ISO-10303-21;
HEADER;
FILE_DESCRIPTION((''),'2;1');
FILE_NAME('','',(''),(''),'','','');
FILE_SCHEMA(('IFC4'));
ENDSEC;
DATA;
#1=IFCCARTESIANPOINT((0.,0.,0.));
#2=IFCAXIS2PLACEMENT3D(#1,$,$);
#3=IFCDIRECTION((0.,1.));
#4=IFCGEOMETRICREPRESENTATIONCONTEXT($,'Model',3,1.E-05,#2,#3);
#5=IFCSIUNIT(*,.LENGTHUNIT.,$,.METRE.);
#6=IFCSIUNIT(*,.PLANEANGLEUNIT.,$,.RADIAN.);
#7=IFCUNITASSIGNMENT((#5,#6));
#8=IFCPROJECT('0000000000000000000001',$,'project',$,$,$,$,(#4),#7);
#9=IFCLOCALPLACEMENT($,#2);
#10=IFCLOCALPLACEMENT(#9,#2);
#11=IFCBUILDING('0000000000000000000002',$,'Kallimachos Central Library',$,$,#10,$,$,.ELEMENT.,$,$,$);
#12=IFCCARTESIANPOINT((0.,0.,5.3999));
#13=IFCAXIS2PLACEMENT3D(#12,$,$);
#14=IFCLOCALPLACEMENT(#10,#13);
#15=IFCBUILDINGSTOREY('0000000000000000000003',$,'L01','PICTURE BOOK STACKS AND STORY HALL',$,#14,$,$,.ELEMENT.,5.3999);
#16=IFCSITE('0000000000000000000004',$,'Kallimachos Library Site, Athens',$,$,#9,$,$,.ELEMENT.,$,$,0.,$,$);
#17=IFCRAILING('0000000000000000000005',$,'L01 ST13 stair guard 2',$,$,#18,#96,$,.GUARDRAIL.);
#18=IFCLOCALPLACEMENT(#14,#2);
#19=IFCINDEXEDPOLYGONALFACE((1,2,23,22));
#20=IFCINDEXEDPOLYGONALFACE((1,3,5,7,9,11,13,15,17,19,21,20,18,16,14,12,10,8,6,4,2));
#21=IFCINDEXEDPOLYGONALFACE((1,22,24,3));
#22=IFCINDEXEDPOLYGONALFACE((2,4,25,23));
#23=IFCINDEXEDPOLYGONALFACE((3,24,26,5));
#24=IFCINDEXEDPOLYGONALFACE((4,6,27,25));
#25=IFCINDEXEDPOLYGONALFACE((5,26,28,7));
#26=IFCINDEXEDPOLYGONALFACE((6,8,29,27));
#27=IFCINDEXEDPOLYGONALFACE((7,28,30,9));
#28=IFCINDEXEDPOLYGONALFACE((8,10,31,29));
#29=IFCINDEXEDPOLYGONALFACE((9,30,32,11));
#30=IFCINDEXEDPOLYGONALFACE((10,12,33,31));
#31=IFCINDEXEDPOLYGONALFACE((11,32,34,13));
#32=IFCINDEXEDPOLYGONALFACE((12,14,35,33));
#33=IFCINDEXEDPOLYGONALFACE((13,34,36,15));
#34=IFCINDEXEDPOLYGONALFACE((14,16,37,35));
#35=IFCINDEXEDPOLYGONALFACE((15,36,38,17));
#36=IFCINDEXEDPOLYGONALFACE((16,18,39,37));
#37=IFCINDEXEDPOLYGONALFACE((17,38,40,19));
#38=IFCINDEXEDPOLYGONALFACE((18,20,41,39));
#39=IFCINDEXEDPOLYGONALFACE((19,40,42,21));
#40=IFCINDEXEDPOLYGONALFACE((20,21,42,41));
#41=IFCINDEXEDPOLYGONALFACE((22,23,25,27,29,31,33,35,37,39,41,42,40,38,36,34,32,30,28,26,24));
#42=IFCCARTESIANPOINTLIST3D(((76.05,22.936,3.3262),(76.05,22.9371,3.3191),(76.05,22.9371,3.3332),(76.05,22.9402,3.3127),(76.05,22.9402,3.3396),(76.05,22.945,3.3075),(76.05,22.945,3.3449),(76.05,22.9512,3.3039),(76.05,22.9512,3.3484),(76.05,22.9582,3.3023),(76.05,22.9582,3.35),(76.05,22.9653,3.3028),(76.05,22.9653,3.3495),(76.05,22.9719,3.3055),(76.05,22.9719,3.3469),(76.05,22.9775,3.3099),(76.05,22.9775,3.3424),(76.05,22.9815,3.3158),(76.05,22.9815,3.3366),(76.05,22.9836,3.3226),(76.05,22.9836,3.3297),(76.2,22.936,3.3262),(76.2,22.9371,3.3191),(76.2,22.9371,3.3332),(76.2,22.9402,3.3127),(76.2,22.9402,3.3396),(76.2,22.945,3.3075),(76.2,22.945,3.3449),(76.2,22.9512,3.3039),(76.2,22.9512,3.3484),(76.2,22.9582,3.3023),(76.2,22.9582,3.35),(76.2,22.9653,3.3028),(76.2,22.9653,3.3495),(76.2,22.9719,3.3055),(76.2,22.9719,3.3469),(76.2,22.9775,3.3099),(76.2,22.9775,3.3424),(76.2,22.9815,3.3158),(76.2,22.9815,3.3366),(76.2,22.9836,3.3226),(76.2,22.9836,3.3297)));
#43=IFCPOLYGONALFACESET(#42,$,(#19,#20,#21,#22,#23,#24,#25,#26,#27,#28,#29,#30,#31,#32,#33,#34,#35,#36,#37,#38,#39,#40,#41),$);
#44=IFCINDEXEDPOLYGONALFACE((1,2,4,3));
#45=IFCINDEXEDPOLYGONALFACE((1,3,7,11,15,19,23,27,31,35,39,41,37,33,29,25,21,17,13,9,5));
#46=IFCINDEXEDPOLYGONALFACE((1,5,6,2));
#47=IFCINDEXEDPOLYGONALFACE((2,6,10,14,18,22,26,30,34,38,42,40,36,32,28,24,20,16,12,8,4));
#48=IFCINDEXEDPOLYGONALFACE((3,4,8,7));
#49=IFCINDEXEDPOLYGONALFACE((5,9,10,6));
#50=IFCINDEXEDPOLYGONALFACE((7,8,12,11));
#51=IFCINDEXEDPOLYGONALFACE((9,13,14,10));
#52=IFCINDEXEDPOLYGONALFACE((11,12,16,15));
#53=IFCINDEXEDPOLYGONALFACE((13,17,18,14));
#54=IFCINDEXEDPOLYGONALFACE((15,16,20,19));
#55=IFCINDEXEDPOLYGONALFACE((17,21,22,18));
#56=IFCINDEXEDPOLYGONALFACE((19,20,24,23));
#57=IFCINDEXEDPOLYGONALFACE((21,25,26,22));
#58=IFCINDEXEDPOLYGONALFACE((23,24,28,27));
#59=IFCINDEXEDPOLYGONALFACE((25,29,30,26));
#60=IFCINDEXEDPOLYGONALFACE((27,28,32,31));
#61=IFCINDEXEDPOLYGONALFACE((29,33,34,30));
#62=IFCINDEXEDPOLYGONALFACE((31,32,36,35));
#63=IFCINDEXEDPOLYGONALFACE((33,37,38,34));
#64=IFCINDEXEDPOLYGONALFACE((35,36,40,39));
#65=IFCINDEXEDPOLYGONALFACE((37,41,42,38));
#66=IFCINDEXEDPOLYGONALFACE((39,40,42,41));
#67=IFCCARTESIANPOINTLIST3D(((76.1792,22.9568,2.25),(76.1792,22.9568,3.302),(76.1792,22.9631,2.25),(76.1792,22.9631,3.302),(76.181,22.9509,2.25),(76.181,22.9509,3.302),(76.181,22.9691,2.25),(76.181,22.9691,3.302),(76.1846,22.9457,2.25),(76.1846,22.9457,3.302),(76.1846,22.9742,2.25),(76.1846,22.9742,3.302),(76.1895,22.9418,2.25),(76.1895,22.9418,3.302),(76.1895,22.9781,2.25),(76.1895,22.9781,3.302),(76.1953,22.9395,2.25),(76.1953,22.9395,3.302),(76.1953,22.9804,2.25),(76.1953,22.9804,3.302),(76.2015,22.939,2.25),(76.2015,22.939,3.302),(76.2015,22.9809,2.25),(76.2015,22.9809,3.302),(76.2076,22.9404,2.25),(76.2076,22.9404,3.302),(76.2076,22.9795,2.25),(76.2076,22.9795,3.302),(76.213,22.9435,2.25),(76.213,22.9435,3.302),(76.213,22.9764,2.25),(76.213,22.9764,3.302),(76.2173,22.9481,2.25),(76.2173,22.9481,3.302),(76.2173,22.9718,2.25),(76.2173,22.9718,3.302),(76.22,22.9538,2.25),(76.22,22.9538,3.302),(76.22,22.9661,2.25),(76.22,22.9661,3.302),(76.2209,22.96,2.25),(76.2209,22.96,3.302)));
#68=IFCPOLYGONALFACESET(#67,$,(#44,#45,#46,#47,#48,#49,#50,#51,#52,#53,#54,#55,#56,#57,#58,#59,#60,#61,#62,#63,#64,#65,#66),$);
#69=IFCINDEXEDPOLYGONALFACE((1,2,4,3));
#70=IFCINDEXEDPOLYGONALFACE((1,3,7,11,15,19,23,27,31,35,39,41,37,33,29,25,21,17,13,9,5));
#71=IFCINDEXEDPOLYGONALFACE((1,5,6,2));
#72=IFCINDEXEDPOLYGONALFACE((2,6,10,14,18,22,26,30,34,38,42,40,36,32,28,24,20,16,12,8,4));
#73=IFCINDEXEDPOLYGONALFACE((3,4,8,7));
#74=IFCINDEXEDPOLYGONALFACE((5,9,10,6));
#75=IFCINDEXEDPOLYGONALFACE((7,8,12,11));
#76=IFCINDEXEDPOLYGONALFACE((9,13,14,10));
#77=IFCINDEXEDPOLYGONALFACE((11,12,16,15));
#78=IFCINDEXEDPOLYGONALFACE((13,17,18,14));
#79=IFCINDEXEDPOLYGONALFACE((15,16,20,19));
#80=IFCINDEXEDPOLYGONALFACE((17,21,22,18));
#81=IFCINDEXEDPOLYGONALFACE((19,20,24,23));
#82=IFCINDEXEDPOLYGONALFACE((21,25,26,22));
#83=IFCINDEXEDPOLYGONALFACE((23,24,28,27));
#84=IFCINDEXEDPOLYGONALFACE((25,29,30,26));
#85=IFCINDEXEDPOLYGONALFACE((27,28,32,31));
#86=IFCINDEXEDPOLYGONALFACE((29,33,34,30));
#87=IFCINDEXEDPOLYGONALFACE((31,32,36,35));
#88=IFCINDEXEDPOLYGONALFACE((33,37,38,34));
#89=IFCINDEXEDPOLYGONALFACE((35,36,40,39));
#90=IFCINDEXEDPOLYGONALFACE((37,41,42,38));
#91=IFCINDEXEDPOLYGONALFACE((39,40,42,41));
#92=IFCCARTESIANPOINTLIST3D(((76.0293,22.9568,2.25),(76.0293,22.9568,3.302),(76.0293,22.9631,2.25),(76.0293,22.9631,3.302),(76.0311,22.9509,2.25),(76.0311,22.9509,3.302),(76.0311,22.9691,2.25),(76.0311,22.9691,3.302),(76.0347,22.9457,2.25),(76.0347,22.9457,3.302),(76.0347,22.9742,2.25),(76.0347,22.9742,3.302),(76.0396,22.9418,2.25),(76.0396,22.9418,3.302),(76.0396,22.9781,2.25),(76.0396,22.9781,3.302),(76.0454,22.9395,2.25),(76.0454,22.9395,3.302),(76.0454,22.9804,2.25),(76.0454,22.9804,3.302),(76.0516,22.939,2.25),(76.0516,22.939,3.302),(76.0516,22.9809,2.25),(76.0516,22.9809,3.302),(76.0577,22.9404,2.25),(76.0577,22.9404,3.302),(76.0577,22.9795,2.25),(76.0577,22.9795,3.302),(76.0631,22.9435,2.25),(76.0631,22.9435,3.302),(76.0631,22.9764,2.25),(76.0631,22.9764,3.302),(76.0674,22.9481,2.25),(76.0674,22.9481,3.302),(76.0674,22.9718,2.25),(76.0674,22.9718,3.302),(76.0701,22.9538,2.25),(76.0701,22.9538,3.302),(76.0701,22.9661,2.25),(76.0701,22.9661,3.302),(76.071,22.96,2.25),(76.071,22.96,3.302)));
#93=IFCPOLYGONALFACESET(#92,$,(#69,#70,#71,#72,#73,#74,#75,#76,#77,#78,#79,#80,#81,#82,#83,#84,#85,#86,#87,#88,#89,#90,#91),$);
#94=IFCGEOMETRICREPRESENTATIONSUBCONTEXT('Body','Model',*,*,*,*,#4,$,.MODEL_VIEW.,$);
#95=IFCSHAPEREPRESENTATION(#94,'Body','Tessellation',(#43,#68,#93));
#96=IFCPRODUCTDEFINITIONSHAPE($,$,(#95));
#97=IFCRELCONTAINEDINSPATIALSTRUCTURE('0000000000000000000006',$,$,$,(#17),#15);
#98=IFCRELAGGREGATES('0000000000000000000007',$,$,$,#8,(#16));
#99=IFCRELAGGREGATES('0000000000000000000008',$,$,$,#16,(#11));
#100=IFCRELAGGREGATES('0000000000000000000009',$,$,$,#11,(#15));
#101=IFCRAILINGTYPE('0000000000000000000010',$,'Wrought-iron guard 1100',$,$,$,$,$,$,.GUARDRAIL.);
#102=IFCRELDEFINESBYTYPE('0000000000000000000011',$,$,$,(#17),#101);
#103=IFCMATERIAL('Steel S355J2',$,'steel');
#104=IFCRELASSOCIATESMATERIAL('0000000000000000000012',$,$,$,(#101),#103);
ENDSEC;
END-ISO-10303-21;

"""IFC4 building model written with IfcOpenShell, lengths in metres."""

from ifc_helpers import new_model, si_unit, direction, frame, origin, origin_2d, place, context, subcontext, project, spatial, circle, extrude, material, type_object, element, save


model = new_model("IFC4")

# Units and contexts
model_context = context("Model", 3, precision=1e-05, world=origin(), true_north=direction((0.0, 1.0)))
body_context = subcontext(model_context, "Body", "Model", "MODEL_VIEW")
ifc_project = project(units=[si_unit("LENGTHUNIT", "METRE"), si_unit("PLANEANGLEUNIT", "RADIAN")], contexts=[model_context])

# Site, building, storey
site_placement = place(None, origin())
site = spatial("IfcSite", under=ifc_project, at=site_placement, Name="Kallimachos Library Site, Athens", CompositionType="ELEMENT", RefElevation=0.0)
building_placement = place(site_placement, origin())
building = spatial("IfcBuilding", under=site, at=building_placement, Name="Kallimachos Central Library", CompositionType="ELEMENT")
storey_placement = place(building_placement, frame((0.0, 0.0, 5.3999)))
storey = spatial("IfcBuildingStorey", under=building, at=storey_placement, Name="L01", Description="PICTURE BOOK STACKS AND STORY HALL", CompositionType="ELEMENT", Elevation=5.3999)

# Railing
ifc_material_1 = material(Name="Steel S355J2", Category="steel")
railing_type_1 = type_object("IfcRailingType", Name="Wrought-iron guard 1100", PredefinedType="GUARDRAIL", material=ifc_material_1)
railing_1_placement = place(storey_placement, frame((76.2, 22.96, 2.25)))
element("IfcRailing", 1, at=railing_1_placement, inside=storey, type_object=railing_type_1, Name="L01 ST13 stair guard 2", PredefinedType="GUARDRAIL", context=body_context, shape_type="SweptSolid", body=[
    extrude(circle(Radius=0.0239, at=origin_2d()), frame((0.0, 0.0, 1.0762), z_axis=(-1.0, 0.0, 0.0), x_axis=(0.0, -1.0, 0.0)), (0.0, 0.0, 1.0), 0.1499),
    extrude(circle(Radius=0.021, at=origin_2d()), origin(), (0.0, 0.0, 1.0), 1.052),
    extrude(circle(Radius=0.021, at=origin_2d()), frame((-0.1499, 0.0, 0.0)), (0.0, 0.0, 1.0), 1.052),
])

save(model, "model.ifc")
